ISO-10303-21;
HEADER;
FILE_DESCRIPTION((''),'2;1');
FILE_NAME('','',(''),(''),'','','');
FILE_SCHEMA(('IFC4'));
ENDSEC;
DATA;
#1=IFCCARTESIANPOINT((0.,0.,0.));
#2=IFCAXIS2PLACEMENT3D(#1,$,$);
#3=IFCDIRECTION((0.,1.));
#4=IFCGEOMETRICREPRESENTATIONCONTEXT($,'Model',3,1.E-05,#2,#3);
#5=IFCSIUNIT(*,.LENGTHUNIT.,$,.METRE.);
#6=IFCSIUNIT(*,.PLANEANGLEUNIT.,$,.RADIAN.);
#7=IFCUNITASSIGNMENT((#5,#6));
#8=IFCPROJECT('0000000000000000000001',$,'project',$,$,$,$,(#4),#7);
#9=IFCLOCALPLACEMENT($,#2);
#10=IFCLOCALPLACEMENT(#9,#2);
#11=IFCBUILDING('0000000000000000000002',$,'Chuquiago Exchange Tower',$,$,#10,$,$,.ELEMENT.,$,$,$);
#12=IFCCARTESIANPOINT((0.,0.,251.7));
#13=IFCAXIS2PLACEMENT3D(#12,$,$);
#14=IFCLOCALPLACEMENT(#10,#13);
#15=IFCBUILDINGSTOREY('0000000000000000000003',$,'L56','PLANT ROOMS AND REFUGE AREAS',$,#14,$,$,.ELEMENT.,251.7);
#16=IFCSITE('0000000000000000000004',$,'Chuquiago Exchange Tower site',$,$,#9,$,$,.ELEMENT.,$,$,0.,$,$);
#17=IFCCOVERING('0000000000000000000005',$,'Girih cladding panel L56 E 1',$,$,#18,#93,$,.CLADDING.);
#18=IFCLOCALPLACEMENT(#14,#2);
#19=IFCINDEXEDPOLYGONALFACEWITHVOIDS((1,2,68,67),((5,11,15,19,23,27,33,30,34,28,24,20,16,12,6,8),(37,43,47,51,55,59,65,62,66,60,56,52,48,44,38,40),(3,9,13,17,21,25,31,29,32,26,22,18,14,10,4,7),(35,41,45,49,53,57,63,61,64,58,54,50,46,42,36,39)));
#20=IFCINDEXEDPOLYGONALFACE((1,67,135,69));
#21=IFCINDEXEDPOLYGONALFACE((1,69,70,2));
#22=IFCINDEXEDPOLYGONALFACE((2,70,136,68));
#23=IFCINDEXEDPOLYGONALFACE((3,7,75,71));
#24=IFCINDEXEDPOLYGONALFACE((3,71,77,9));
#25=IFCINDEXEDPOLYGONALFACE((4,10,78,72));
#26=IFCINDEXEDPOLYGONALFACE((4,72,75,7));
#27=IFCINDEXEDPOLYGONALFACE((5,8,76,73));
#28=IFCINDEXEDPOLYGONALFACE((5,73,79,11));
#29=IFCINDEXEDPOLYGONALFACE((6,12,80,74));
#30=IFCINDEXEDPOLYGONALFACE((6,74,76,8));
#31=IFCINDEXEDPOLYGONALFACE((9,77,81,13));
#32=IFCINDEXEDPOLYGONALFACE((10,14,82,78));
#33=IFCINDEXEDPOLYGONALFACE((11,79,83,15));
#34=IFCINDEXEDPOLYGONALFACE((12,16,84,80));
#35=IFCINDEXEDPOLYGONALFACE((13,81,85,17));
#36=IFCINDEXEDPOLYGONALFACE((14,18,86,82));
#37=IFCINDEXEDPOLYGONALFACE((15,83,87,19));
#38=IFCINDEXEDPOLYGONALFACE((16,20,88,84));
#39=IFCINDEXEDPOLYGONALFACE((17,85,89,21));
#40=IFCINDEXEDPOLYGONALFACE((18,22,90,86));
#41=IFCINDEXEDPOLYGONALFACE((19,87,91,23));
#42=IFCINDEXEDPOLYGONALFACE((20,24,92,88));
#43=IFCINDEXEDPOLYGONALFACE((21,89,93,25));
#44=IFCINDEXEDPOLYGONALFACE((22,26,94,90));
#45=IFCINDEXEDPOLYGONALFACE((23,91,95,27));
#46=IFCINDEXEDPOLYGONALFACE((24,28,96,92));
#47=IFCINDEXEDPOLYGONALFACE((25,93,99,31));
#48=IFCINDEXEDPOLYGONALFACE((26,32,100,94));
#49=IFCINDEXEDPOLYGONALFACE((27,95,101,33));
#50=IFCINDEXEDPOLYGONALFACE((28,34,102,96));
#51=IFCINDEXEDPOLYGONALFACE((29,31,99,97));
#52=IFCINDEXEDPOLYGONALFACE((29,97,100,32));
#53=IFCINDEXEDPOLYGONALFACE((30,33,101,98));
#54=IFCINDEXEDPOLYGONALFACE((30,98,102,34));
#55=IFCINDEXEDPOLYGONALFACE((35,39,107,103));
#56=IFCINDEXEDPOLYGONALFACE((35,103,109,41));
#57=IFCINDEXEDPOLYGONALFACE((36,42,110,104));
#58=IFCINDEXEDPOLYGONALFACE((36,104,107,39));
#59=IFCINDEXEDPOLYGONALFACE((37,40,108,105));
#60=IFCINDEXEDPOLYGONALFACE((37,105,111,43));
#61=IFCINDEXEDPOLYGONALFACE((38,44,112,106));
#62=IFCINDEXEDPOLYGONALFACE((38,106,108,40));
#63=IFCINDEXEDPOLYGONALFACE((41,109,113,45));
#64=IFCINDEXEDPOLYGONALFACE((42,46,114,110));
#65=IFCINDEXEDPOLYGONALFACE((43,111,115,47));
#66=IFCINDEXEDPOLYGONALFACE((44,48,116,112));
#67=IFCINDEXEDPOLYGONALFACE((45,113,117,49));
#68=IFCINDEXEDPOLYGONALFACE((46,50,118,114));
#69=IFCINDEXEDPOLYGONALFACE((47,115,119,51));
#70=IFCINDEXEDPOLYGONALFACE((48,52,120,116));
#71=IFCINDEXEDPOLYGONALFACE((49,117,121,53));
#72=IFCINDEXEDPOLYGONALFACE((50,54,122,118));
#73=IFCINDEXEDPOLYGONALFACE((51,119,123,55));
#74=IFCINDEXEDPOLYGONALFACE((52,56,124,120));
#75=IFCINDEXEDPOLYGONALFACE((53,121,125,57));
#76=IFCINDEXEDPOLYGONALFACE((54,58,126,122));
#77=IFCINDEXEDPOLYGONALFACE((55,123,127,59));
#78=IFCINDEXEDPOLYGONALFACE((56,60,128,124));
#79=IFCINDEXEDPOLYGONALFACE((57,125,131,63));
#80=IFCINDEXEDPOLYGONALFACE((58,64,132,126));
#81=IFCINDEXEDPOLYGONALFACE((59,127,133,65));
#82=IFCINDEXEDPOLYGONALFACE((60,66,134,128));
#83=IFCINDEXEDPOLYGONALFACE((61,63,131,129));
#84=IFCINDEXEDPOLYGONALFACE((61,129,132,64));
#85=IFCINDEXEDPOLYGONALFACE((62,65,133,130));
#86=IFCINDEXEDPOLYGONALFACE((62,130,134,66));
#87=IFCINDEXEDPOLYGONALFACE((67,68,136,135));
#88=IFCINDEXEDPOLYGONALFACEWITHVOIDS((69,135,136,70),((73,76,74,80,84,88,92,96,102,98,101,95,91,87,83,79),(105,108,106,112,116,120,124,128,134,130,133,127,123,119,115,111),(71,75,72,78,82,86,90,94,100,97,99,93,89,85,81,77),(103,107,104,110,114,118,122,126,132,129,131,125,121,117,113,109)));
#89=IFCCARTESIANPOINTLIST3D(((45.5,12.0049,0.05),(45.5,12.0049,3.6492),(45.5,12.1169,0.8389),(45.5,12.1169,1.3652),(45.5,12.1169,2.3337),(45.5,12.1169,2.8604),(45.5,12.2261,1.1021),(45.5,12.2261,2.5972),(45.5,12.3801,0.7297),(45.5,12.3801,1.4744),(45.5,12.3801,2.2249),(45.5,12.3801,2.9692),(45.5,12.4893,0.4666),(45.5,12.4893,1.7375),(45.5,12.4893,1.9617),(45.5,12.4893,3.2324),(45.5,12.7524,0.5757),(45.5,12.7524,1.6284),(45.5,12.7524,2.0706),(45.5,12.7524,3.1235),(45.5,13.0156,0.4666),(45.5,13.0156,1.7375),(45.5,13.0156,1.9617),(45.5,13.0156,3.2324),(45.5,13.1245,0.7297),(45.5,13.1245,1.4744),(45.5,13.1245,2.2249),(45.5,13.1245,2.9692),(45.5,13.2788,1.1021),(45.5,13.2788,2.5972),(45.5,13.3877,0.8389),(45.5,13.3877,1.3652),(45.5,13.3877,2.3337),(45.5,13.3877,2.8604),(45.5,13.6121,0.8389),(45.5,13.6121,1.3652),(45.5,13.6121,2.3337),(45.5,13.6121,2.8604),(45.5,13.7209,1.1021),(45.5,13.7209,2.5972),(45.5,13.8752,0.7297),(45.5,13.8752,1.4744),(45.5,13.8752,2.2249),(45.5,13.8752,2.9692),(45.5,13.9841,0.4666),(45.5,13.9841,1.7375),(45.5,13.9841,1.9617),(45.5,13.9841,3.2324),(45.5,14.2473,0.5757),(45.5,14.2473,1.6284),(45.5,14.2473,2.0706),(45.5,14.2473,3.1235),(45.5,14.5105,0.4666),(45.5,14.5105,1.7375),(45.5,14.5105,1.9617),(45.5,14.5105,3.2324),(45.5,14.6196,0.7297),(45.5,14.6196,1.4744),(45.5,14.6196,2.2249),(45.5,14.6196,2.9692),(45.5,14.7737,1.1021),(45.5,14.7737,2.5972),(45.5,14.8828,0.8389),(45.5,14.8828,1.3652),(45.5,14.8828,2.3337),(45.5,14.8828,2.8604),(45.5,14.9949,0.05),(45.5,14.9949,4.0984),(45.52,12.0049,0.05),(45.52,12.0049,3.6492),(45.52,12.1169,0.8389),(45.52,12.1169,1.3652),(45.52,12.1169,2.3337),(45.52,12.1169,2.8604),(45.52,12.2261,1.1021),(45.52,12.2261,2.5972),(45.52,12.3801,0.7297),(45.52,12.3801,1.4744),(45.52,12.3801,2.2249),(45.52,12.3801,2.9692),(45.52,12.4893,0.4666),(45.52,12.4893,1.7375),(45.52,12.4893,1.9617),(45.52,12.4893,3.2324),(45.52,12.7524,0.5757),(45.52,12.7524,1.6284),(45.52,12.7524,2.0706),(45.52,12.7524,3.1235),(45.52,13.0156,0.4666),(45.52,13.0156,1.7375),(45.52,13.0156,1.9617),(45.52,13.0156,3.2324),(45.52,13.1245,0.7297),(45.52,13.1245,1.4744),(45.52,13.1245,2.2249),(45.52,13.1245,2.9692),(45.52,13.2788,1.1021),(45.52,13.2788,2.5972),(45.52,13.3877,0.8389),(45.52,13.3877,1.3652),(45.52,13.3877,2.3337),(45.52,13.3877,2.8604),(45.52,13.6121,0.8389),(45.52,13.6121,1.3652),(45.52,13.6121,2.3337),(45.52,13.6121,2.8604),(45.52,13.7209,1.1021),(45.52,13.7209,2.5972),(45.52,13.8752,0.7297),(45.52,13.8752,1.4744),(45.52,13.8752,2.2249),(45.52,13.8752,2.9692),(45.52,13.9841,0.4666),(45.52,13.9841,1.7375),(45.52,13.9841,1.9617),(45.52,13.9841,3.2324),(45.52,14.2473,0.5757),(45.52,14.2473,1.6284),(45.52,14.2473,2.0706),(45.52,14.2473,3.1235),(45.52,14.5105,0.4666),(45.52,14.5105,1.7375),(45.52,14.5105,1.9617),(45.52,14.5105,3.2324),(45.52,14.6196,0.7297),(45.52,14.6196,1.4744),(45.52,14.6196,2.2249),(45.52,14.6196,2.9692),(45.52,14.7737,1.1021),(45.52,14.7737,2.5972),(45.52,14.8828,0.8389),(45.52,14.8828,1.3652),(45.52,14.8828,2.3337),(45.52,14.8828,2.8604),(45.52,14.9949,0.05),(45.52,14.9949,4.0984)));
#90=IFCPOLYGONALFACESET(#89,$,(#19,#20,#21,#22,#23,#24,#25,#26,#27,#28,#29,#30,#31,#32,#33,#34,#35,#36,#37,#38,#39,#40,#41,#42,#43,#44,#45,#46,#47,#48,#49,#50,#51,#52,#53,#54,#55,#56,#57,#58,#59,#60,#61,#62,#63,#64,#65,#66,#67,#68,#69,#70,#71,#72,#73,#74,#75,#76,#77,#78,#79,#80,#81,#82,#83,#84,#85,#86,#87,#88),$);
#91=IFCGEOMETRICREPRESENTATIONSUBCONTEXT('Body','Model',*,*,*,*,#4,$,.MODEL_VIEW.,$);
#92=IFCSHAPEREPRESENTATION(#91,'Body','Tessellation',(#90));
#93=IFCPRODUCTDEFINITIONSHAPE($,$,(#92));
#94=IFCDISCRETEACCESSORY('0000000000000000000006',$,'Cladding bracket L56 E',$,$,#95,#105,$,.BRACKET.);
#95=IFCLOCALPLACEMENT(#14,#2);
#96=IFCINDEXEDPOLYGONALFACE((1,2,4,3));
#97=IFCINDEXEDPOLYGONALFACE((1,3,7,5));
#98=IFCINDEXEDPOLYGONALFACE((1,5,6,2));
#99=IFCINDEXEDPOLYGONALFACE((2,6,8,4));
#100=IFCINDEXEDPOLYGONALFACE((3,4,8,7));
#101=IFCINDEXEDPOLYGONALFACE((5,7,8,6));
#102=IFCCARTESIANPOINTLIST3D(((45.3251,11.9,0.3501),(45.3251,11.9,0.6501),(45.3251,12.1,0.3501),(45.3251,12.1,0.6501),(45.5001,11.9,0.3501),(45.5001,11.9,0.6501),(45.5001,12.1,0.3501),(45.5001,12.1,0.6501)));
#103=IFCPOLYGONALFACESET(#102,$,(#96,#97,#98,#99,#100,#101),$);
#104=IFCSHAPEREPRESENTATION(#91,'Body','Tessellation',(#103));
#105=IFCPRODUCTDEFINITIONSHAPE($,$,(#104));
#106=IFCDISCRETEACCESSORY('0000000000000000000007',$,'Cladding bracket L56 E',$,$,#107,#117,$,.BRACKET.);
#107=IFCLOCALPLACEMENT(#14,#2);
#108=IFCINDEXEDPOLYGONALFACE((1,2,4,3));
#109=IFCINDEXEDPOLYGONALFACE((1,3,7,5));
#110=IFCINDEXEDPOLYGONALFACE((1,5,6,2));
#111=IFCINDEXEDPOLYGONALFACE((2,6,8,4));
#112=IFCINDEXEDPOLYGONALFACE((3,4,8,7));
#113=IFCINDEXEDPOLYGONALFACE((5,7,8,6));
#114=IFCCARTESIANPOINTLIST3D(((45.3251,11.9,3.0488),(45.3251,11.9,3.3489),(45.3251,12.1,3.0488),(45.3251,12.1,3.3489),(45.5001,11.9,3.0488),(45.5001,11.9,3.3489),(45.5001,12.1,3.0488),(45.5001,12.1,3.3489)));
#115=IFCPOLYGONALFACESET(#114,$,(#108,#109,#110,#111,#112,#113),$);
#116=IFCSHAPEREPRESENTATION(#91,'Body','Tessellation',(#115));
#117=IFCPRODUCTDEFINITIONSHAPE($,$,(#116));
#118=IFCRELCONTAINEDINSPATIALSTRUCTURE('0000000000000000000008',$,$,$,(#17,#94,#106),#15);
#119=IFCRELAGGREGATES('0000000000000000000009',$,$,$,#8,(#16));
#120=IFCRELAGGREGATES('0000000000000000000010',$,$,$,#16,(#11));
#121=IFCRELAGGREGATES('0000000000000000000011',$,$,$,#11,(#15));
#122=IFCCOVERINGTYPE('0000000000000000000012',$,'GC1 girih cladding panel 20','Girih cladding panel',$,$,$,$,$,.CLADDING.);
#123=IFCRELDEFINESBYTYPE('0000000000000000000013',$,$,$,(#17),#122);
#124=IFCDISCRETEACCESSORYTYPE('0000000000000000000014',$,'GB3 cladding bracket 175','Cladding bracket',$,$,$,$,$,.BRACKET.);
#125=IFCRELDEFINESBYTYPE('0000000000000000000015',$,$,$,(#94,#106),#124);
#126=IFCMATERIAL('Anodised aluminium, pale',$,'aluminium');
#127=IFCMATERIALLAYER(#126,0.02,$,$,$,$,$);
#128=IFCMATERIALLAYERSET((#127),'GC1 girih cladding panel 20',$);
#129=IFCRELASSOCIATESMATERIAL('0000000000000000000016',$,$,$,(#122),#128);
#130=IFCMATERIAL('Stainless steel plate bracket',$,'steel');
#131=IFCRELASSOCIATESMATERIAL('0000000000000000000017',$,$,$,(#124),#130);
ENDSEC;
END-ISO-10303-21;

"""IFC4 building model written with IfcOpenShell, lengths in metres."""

from ifc_helpers import new_model, si_unit, direction, frame, origin, origin_2d, place, context, subcontext, project, spatial, polyline, rectangle, outline, extrude, material, layer, layer_set, type_object, element, save


model = new_model("IFC4")

# Units and contexts
model_context = context("Model", 3, precision=1e-05, world=origin(), true_north=direction((0.0, 1.0)))
body_context = subcontext(model_context, "Body", "Model", "MODEL_VIEW")
ifc_project = project(units=[si_unit("LENGTHUNIT", "METRE"), si_unit("PLANEANGLEUNIT", "RADIAN")], contexts=[model_context])

# Site, building, storey
site_placement = place(None, origin())
site = spatial("IfcSite", under=ifc_project, at=site_placement, Name="Chuquiago Exchange Tower site", CompositionType="ELEMENT", RefElevation=0.0)
building_placement = place(site_placement, origin())
building = spatial("IfcBuilding", under=site, at=building_placement, Name="Chuquiago Exchange Tower", CompositionType="ELEMENT")
storey_placement = place(building_placement, frame((0.0, 0.0, 251.7)))
storey = spatial("IfcBuildingStorey", under=building, at=storey_placement, Name="L56", Description="PLANT ROOMS AND REFUGE AREAS", CompositionType="ELEMENT", Elevation=251.7)

# Covering
ifc_material_1 = material(Name="Anodised aluminium, pale", Category="aluminium")
ifc_layer_1 = layer(ifc_material_1, 0.02)
ifc_layer_set_1 = layer_set([ifc_layer_1], Name="GC1 girih cladding panel 20")
covering_type_1 = type_object("IfcCoveringType", Name="GC1 girih cladding panel 20", Description="Girih cladding panel", PredefinedType="CLADDING", material=ifc_layer_set_1)
covering_1_placement = place(storey_placement, frame((45.5, 12.0049, 0.05), z_axis=(0.0, 0.0, 1.0), x_axis=(0.0, 1.0, 0.0)))
element("IfcCovering", 1, at=covering_1_placement, inside=storey, type_object=covering_type_1, Name="Girih cladding panel L56 E 1", PredefinedType="CLADDING", context=body_context, shape_type="SweptSolid", body=[
    extrude(outline(polyline([(0.0, 0.0), (2.99, 0.0), (2.99, 4.0483), (0.0, 3.5991), (0.0, 0.0)]), holes=[polyline([(1.2739, 1.052), (1.3828, 1.3152), (1.1196, 1.4243), (1.0107, 1.6875), (0.7476, 1.5784), (0.4844, 1.6875), (0.3752, 1.4243), (0.1121, 1.3152), (0.2212, 1.052), (0.1121, 0.7888), (0.3752, 0.6797), (0.4844, 0.4165), (0.7476, 0.5256), (1.0107, 0.4165), (1.1196, 0.6797), (1.3828, 0.7888), (1.2739, 1.052)]), polyline([(2.7688, 1.052), (2.8779, 1.3152), (2.6147, 1.4243), (2.5056, 1.6875), (2.2424, 1.5784), (1.9792, 1.6875), (1.8704, 1.4243), (1.6072, 1.3152), (1.7161, 1.052), (1.6072, 0.7888), (1.8704, 0.6797), (1.9792, 0.4165), (2.2424, 0.5256), (2.5056, 0.4165), (2.6147, 0.6797), (2.8779, 0.7888), (2.7688, 1.052)]), polyline([(1.2739, 2.5471), (1.3828, 2.8103), (1.1196, 2.9192), (1.0107, 3.1824), (0.7476, 3.0735), (0.4844, 3.1824), (0.3752, 2.9192), (0.1121, 2.8103), (0.2212, 2.5471), (0.1121, 2.2837), (0.3752, 2.1748), (0.4844, 1.9116), (0.7476, 2.0205), (1.0107, 1.9116), (1.1196, 2.1748), (1.3828, 2.2837), (1.2739, 2.5471)]), polyline([(2.7688, 2.5471), (2.8779, 2.8103), (2.6147, 2.9192), (2.5056, 3.1824), (2.2424, 3.0735), (1.9792, 3.1824), (1.8704, 2.9192), (1.6072, 2.8103), (1.7161, 2.5471), (1.6072, 2.2837), (1.8704, 2.1748), (1.9792, 1.9116), (2.2424, 2.0205), (2.5056, 1.9116), (2.6147, 2.1748), (2.8779, 2.2837), (2.7688, 2.5471)])]), frame((0.0, 0.0, 0.0), z_axis=(0.0, -1.0, 0.0), x_axis=(1.0, 0.0, 0.0)), (0.0, 0.0, 1.0), 0.02),
])

# Discrete accessories
ifc_material_2 = material(Name="Stainless steel plate bracket", Category="steel")
discrete_accessory_type = type_object("IfcDiscreteAccessoryType", Name="GB3 cladding bracket 175", Description="Cladding bracket", PredefinedType="BRACKET", material=ifc_material_2)
for number, where, z_axis, x_axis, name in (
    (2, (45.4126, 12.0, 0.3501), (0.0, 0.0, 1.0), (0.0, 1.0, 0.0), "Cladding bracket L56 E"),
    (3, (45.4126, 12.0, 3.0488), (0.0, 0.0, 1.0), (0.0, 1.0, 0.0), "Cladding bracket L56 E"),
):
    element("IfcDiscreteAccessory", number, at=place(storey_placement, frame(where, z_axis=z_axis, x_axis=x_axis)), inside=storey, type_object=discrete_accessory_type, Name=name, PredefinedType="BRACKET", context=body_context, shape_type="SweptSolid", body=[
        extrude(rectangle(XDim=0.2, YDim=0.175, at=origin_2d()), origin(), (0.0, 0.0, 1.0), 0.3),
    ])

save(model, "model.ifc")
